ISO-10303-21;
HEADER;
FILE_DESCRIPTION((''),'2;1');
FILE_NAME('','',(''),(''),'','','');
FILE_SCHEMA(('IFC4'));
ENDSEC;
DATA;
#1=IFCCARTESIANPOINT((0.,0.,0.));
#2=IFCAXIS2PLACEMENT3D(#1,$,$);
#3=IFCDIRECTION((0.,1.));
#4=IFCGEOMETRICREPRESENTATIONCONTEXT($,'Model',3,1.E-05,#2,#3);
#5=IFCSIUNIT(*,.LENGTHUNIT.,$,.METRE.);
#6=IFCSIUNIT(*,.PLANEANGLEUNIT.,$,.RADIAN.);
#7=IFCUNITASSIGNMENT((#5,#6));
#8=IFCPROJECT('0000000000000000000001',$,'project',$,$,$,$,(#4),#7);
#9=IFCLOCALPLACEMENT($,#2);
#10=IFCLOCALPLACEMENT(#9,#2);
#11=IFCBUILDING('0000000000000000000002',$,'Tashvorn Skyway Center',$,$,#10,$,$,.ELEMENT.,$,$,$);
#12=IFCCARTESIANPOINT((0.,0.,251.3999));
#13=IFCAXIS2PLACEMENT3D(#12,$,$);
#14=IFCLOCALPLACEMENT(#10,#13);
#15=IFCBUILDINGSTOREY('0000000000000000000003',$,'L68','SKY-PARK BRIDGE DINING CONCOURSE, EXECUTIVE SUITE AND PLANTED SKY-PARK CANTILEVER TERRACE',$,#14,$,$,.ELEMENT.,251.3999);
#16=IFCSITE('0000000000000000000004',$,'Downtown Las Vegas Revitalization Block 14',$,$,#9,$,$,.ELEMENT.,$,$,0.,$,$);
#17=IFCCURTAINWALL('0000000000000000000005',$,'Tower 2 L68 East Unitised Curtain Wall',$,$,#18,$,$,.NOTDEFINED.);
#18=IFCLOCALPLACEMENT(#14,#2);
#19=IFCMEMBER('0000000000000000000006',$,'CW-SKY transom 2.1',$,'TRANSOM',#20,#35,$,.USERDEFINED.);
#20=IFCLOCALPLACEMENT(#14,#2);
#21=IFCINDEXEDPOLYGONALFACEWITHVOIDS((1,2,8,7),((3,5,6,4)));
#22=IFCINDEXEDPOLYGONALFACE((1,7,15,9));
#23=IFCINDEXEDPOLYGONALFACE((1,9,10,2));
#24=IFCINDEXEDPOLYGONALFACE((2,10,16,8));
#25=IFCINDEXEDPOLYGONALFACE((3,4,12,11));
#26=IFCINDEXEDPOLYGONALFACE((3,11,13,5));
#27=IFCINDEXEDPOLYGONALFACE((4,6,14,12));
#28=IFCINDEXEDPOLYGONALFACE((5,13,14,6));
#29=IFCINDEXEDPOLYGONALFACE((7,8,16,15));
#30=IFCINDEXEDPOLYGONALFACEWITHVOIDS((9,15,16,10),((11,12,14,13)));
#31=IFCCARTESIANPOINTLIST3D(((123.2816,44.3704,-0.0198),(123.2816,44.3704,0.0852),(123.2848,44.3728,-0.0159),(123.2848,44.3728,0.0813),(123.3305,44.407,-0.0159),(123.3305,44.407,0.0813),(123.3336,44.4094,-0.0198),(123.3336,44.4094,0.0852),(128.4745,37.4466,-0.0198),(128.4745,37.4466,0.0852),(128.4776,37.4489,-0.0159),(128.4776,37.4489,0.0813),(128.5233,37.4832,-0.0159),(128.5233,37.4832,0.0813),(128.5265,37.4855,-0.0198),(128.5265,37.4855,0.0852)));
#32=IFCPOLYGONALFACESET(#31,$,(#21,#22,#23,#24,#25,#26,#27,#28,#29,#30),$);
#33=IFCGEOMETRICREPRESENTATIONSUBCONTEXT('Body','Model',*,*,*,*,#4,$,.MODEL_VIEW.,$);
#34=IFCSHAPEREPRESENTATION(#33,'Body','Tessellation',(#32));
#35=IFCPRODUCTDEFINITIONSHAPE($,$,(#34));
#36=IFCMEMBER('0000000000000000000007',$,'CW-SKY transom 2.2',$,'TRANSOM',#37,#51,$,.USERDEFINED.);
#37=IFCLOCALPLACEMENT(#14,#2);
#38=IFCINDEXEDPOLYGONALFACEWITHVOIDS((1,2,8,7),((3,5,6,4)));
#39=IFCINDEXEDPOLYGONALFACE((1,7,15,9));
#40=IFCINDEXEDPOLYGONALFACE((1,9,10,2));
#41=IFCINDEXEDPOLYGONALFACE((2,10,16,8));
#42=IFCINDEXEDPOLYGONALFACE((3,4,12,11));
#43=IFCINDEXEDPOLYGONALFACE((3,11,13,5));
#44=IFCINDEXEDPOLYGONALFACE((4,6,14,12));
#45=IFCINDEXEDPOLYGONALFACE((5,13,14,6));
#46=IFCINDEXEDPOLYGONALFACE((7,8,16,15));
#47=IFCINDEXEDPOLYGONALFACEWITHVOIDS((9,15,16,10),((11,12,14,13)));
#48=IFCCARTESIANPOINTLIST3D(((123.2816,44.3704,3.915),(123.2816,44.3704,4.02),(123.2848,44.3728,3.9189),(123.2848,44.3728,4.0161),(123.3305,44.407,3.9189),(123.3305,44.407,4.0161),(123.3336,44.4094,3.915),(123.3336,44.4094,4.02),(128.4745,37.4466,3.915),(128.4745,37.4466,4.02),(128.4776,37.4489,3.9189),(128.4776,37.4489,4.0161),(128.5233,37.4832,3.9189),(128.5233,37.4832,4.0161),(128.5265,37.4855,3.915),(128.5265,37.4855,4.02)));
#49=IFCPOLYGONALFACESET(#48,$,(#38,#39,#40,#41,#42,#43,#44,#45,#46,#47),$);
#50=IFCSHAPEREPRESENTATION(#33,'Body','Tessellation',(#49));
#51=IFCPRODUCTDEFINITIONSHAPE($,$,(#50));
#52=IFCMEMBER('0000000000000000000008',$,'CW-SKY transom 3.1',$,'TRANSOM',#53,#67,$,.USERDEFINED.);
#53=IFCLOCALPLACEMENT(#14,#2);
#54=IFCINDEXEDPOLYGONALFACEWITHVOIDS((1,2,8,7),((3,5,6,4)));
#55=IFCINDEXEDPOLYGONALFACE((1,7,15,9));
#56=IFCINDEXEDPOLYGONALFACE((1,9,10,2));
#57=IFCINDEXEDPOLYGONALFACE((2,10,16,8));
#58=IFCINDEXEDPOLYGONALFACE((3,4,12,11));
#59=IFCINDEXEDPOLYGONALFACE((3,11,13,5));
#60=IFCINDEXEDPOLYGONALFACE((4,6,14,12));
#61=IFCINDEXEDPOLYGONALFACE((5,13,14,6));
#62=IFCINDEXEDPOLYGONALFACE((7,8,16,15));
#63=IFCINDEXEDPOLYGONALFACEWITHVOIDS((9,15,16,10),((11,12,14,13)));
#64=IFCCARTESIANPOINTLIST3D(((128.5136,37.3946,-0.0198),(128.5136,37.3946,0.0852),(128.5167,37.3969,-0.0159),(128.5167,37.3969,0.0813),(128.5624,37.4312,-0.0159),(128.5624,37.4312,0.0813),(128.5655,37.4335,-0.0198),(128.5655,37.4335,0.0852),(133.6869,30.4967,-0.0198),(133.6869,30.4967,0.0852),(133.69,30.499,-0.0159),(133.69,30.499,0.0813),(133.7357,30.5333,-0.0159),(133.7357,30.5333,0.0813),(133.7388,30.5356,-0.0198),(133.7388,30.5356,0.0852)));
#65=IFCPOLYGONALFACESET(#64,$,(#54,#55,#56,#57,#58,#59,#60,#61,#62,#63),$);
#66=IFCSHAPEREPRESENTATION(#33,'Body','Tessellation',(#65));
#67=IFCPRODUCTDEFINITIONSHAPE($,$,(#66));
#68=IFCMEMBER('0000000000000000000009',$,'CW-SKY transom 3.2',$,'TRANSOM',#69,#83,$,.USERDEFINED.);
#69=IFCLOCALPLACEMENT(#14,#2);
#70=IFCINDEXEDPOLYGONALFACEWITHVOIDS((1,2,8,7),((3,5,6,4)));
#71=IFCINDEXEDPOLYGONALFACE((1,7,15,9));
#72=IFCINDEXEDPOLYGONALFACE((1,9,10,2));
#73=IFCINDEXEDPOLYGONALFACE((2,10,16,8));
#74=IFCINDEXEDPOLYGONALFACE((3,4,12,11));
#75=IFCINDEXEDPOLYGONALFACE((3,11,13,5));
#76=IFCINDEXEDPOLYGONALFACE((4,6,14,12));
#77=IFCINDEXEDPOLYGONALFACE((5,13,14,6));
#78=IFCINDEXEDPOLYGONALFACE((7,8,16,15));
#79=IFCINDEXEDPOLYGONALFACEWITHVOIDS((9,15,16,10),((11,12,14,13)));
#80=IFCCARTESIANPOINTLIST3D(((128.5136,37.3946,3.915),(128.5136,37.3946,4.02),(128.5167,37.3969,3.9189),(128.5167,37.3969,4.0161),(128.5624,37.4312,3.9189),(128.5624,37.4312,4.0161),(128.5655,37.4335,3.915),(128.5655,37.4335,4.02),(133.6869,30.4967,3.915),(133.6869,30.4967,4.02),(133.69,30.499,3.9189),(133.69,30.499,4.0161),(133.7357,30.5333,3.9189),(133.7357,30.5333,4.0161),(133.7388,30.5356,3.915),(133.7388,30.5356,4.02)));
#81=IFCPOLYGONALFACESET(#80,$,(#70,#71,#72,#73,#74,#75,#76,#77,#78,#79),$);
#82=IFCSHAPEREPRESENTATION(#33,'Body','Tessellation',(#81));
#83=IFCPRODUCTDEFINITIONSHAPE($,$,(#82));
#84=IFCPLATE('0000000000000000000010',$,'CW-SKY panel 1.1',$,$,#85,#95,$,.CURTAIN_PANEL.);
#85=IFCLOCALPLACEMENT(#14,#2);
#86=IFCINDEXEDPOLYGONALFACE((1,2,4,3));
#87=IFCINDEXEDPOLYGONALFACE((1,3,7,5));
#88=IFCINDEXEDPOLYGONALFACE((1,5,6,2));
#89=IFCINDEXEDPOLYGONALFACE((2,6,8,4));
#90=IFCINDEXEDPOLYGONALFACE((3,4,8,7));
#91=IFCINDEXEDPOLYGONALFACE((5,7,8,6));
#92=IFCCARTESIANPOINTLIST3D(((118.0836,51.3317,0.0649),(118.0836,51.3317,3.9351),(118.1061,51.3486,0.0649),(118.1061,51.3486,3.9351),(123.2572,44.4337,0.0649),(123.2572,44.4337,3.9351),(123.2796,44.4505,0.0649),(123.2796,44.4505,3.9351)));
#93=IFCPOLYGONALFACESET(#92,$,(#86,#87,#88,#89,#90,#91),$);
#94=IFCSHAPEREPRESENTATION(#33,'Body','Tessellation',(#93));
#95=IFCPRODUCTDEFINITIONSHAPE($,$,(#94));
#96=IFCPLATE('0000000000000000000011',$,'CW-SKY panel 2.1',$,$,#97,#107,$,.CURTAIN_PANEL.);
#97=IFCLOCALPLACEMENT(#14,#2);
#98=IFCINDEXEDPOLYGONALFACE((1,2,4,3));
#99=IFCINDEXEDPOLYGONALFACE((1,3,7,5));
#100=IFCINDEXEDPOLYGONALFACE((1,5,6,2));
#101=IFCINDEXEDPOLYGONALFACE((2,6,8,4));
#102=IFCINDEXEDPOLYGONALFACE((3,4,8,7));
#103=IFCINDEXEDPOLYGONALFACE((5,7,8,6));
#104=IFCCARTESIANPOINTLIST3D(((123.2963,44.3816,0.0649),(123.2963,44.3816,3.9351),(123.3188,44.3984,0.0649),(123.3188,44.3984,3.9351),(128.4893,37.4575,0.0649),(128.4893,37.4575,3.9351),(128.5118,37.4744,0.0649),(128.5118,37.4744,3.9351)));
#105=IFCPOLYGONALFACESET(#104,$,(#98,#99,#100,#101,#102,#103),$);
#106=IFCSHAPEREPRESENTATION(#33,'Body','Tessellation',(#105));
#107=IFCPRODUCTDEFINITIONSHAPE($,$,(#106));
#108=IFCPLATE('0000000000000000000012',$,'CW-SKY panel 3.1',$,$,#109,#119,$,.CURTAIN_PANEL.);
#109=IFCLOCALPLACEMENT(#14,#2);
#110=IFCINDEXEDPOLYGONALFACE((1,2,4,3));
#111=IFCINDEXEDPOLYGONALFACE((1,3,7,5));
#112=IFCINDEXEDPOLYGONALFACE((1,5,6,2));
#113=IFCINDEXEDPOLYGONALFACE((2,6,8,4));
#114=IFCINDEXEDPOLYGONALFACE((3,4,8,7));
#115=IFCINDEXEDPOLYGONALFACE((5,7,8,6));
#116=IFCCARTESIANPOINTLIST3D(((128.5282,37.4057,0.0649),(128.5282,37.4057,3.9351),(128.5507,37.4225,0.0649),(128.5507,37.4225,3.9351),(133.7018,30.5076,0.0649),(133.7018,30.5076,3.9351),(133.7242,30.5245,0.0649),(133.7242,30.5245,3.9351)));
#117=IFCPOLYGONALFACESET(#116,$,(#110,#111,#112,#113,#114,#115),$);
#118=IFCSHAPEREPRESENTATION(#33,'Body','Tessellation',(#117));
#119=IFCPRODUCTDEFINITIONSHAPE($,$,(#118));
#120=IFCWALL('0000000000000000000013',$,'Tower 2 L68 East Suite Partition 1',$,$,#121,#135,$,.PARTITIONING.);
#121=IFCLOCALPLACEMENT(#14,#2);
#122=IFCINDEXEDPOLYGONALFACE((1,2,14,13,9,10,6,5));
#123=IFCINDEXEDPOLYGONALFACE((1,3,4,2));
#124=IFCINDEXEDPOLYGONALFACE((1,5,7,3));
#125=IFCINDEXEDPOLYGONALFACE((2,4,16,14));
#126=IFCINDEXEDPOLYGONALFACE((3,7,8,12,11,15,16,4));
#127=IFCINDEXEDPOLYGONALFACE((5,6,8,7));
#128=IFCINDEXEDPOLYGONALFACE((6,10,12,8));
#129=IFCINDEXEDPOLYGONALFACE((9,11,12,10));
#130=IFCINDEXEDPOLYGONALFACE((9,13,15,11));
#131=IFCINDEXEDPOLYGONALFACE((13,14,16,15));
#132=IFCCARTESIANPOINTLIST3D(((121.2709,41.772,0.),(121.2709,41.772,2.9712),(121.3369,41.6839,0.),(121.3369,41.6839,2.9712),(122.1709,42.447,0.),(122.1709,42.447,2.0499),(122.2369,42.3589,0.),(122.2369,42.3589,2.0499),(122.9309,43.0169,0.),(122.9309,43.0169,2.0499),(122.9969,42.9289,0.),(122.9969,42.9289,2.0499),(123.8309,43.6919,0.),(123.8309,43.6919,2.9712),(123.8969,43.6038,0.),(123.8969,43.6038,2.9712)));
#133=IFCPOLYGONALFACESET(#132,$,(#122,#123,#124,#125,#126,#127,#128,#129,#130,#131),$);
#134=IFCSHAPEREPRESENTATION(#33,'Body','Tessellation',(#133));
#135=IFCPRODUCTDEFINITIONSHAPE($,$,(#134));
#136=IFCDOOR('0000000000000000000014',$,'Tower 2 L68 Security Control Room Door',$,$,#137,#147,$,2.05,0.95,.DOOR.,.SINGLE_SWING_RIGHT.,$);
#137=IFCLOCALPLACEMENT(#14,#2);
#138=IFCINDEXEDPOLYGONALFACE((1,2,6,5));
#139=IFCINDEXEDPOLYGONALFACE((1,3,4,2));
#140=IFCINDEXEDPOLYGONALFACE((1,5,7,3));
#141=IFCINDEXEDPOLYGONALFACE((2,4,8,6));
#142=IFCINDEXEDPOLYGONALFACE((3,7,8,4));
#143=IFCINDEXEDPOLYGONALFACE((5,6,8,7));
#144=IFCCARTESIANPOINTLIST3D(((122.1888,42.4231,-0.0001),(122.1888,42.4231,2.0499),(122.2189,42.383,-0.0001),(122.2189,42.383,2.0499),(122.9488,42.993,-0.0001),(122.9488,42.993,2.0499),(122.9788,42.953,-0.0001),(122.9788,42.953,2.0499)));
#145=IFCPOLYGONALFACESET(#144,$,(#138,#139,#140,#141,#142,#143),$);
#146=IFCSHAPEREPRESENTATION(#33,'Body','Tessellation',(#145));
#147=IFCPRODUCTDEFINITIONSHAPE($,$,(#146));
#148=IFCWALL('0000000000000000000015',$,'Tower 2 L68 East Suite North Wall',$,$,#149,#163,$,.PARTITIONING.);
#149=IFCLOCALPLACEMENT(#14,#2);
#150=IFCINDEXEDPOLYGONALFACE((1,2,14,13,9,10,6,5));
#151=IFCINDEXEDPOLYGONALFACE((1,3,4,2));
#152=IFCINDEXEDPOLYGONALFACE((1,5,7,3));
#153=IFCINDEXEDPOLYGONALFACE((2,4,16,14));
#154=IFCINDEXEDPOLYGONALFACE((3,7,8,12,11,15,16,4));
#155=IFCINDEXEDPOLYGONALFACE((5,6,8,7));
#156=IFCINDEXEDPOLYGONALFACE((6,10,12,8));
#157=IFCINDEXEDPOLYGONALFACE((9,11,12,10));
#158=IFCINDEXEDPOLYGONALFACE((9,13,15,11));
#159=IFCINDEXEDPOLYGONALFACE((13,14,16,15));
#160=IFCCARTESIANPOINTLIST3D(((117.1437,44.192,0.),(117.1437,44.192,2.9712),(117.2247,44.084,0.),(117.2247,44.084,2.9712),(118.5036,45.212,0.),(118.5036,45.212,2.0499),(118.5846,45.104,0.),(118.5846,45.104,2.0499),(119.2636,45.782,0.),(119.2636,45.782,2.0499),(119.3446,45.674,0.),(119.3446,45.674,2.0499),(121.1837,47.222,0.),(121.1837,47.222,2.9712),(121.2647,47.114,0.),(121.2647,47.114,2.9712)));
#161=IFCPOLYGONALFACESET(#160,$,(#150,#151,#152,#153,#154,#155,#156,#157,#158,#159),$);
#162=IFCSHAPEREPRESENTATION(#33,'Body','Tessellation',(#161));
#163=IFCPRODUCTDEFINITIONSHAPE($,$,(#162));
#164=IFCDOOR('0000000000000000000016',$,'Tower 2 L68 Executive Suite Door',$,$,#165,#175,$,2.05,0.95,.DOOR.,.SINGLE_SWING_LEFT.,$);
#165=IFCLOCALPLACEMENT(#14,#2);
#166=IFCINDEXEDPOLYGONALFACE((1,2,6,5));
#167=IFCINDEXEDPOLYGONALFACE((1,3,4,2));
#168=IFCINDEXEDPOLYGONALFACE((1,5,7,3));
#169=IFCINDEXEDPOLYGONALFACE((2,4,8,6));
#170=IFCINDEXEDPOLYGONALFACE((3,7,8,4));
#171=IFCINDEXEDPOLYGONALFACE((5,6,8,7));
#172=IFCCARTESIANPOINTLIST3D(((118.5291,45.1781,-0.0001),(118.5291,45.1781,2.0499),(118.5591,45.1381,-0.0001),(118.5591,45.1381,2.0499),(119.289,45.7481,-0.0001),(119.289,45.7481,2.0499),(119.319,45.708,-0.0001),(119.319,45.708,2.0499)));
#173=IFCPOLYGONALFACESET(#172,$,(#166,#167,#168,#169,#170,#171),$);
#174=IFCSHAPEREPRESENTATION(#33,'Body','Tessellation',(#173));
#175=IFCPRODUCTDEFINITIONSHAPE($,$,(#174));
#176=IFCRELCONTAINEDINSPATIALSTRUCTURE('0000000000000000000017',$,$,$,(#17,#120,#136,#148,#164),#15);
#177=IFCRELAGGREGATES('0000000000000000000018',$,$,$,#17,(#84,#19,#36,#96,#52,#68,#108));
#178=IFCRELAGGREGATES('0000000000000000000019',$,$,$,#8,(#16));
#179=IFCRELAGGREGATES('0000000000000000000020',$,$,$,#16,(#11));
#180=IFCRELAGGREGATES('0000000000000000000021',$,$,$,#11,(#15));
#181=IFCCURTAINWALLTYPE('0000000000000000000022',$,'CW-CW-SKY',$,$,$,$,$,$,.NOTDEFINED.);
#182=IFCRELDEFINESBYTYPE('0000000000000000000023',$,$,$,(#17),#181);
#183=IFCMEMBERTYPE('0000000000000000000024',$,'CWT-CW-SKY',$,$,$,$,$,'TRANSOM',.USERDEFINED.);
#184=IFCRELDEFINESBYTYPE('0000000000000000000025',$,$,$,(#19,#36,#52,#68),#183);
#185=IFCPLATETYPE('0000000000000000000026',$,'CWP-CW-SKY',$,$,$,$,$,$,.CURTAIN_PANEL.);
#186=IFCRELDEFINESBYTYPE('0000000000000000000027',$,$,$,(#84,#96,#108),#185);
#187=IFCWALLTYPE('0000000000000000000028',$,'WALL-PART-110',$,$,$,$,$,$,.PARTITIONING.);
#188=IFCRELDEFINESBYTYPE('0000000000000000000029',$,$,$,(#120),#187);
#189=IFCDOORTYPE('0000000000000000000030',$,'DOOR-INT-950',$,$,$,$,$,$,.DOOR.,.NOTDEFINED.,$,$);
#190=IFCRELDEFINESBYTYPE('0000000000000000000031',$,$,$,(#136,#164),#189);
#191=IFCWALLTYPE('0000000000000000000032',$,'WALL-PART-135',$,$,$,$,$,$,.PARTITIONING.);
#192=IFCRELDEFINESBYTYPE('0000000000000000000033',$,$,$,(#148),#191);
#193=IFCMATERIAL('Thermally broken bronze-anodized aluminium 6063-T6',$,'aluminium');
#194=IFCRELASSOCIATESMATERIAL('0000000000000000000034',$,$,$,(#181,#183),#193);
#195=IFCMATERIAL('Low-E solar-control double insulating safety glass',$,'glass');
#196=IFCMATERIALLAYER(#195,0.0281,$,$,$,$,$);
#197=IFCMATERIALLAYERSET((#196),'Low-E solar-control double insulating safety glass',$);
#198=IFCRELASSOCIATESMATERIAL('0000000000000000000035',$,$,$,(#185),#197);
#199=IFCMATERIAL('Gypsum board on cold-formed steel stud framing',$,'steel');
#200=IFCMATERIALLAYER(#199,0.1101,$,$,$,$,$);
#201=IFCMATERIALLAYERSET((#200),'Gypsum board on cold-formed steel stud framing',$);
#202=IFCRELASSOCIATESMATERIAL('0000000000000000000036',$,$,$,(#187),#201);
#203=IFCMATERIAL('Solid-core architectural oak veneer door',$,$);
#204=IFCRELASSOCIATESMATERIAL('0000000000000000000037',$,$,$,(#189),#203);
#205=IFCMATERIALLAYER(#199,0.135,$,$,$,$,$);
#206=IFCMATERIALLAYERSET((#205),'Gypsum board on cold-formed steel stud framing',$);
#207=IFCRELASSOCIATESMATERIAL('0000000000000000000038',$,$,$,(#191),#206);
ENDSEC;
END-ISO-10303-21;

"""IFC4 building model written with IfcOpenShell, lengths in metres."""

from ifc_helpers import new_model, si_unit, direction, frame, frame_2d, origin, origin_2d, place, context, subcontext, project, spatial, rectangle, hollow_rectangle, extrude, material, layer, layer_set, material_profile, profile_set, type_object, element, fill, aggregate, save


model = new_model("IFC4")

# Units and contexts
model_context = context("Model", 3, precision=1e-05, world=origin(), true_north=direction((0.0, 1.0)))
body_context = subcontext(model_context, "Body", "Model", "MODEL_VIEW")
ifc_project = project(units=[si_unit("LENGTHUNIT", "METRE"), si_unit("PLANEANGLEUNIT", "RADIAN")], contexts=[model_context])

# Site, building, storey
site_placement = place(None, origin())
site = spatial("IfcSite", under=ifc_project, at=site_placement, Name="Downtown Las Vegas Revitalization Block 14", CompositionType="ELEMENT", RefElevation=0.0)
building_placement = place(site_placement, origin())
building = spatial("IfcBuilding", under=site, at=building_placement, Name="Tashvorn Skyway Center", CompositionType="ELEMENT")
storey_placement = place(building_placement, frame((0.0, 0.0, 251.3999)))
storey = spatial("IfcBuildingStorey", under=building, at=storey_placement, Name="L68", Description="SKY-PARK BRIDGE DINING CONCOURSE, EXECUTIVE SUITE AND PLANTED SKY-PARK CANTILEVER TERRACE", CompositionType="ELEMENT", Elevation=251.3999)

# Curtain wall, members, plates
ifc_material_1 = material(Name="Thermally broken bronze-anodized aluminium 6063-T6", Category="aluminium")
curtain_wall_type = type_object("IfcCurtainWallType", Name="CW-CW-SKY", PredefinedType="NOTDEFINED", material=ifc_material_1)
curtain_wall_placement = place(storey_placement, origin())
curtain_wall = element("IfcCurtainWall", 1, at=curtain_wall_placement, inside=storey, type_object=curtain_wall_type, Name="Tower 2 L68 East Unitised Curtain Wall", PredefinedType="NOTDEFINED")
ifc_material_profile_1 = material_profile(ifc_material_1, hollow_rectangle(XDim=0.0649, YDim=0.105, WallThickness=0.0039, at=origin_2d()), Name="ALU-TRAN-65x105")
ifc_profile_set_1 = profile_set([ifc_material_profile_1], Name="Thermally broken bronze-anodized aluminium 6063-T6")
member_type_1 = type_object("IfcMemberType", Name="CWT-CW-SKY", ElementType="TRANSOM", PredefinedType="USERDEFINED", material=ifc_profile_set_1)
member_1_placement = place(storey_placement, frame((123.3076, 44.3899, 0.0327), z_axis=(0.6, -0.8, 0.0), x_axis=(0.8, 0.6, 0.0)))
member_1 = element("IfcMember", 2, at=member_1_placement, type_object=member_type_1, Name="CW-SKY transom 2.1", ObjectType="TRANSOM", PredefinedType="USERDEFINED", context=body_context, shape_type="SweptSolid", body=[
    extrude(hollow_rectangle(XDim=0.0649, YDim=0.105, WallThickness=0.0039, at=origin_2d()), origin(), (0.0, 0.0, 1.0), 8.6548),
])
member_2_placement = place(storey_placement, frame((123.3076, 44.3899, 3.9675), z_axis=(0.6, -0.8, 0.0), x_axis=(0.8, 0.6, 0.0)))
member_2 = element("IfcMember", 3, at=member_2_placement, type_object=member_type_1, Name="CW-SKY transom 2.2", ObjectType="TRANSOM", PredefinedType="USERDEFINED", context=body_context, shape_type="SweptSolid", body=[
    extrude(hollow_rectangle(XDim=0.0649, YDim=0.105, WallThickness=0.0039, at=origin_2d()), origin(), (0.0, 0.0, 1.0), 8.6548),
])
member_3_placement = place(storey_placement, frame((128.5396, 37.4141, 0.0327), z_axis=(0.599991, -0.800007, 0.0), x_axis=(0.800007, 0.599991, 0.0)))
member_3 = element("IfcMember", 4, at=member_3_placement, type_object=member_type_1, Name="CW-SKY transom 3.1", ObjectType="TRANSOM", PredefinedType="USERDEFINED", context=body_context, shape_type="SweptSolid", body=[
    extrude(hollow_rectangle(XDim=0.0649, YDim=0.105, WallThickness=0.0039, at=origin_2d()), origin(), (0.0, 0.0, 1.0), 8.6223),
])
member_4_placement = place(storey_placement, frame((128.5396, 37.4141, 3.9675), z_axis=(0.599991, -0.800007, 0.0), x_axis=(0.800007, 0.599991, 0.0)))
member_4 = element("IfcMember", 5, at=member_4_placement, type_object=member_type_1, Name="CW-SKY transom 3.2", ObjectType="TRANSOM", PredefinedType="USERDEFINED", context=body_context, shape_type="SweptSolid", body=[
    extrude(hollow_rectangle(XDim=0.0649, YDim=0.105, WallThickness=0.0039, at=origin_2d()), origin(), (0.0, 0.0, 1.0), 8.6223),
])
ifc_material_2 = material(Name="Low-E solar-control double insulating safety glass", Category="glass")
ifc_layer_1 = layer(ifc_material_2, 0.0281)
ifc_layer_set_1 = layer_set([ifc_layer_1], Name="Low-E solar-control double insulating safety glass")
plate_type = type_object("IfcPlateType", Name="CWP-CW-SKY", PredefinedType="CURTAIN_PANEL", material=ifc_layer_set_1)
plate_1_placement = place(storey_placement, frame((120.6816, 47.8911, 0.0649), z_axis=(0.0, 0.0, 1.0), x_axis=(0.6, -0.8, 0.0)))
plate_1 = element("IfcPlate", 6, at=plate_1_placement, type_object=plate_type, Name="CW-SKY panel 1.1", PredefinedType="CURTAIN_PANEL", context=body_context, shape_type="SweptSolid", body=[
    extrude(rectangle(XDim=8.6226, YDim=0.0281, at=origin_2d()), origin(), (0.0, 0.0, 1.0), 3.8701),
])
plate_2_placement = place(storey_placement, frame((125.9041, 40.928, 0.0649), z_axis=(0.0, 0.0, 1.0), x_axis=(0.6, -0.8, 0.0)))
plate_2 = element("IfcPlate", 7, at=plate_2_placement, type_object=plate_type, Name="CW-SKY panel 2.1", PredefinedType="CURTAIN_PANEL", context=body_context, shape_type="SweptSolid", body=[
    extrude(rectangle(XDim=8.655, YDim=0.0281, at=origin_2d()), origin(), (0.0, 0.0, 1.0), 3.8701),
])
plate_3_placement = place(storey_placement, frame((131.1262, 33.9651, 0.0649), z_axis=(0.0, 0.0, 1.0), x_axis=(0.6, -0.8, 0.0)))
plate_3 = element("IfcPlate", 8, at=plate_3_placement, type_object=plate_type, Name="CW-SKY panel 3.1", PredefinedType="CURTAIN_PANEL", context=body_context, shape_type="SweptSolid", body=[
    extrude(rectangle(XDim=8.6226, YDim=0.0281, at=origin_2d()), origin(), (0.0, 0.0, 1.0), 3.8701),
])
aggregate(curtain_wall, [plate_1, member_1, member_2, plate_2, member_3, member_4, plate_3])

# Walls, openings, doors
ifc_material_3 = material(Name="Gypsum board on cold-formed steel stud framing", Category="steel")
ifc_layer_2 = layer(ifc_material_3, 0.1101)
ifc_layer_set_2 = layer_set([ifc_layer_2], Name="Gypsum board on cold-formed steel stud framing")
wall_type_1 = type_object("IfcWallType", Name="WALL-PART-110", PredefinedType="PARTITIONING", material=ifc_layer_set_2)
wall_1_placement = place(storey_placement, frame((123.864, 43.6479, 0.0), z_axis=(0.0, 0.0, 1.0), x_axis=(-0.800018, -0.599976, 0.0)))
wall_1 = element("IfcWall", 9, at=wall_1_placement, inside=storey, type_object=wall_type_1, Name="Tower 2 L68 East Suite Partition 1", PredefinedType="PARTITIONING", context=body_context, shape_type="SweptSolid", body=[
    extrude(rectangle(XDim=3.2, YDim=0.1101, at=frame_2d((1.6001, 0.0))), origin(), (0.0, 0.0, 1.0), 2.9712),
])
opening_1_placement = place(wall_1_placement, frame((1.125, 0.0, 0.0)))
opening_1 = element("IfcOpeningElement", 10, at=opening_1_placement, cuts=wall_1, PredefinedType="OPENING", context=body_context, shape_type="SweptSolid", body=[
    extrude(rectangle(XDim=0.95, YDim=2.05, at=frame_2d((0.4751, 1.0249))), frame((0.0, 0.0649, 0.0), z_axis=(0.0, -1.0, 0.0), x_axis=(1.0, 0.0, 0.0)), (0.0, 0.0, 1.0), 0.1301),
])
ifc_material_4 = material(Name="Solid-core architectural oak veneer door")
door_type_1 = type_object("IfcDoorType", Name="DOOR-INT-950", OperationType="NOTDEFINED", PredefinedType="DOOR", material=ifc_material_4)
door_1_placement = place(opening_1_placement, origin())
door_1 = element("IfcDoor", 11, at=door_1_placement, inside=storey, type_object=door_type_1, Name="Tower 2 L68 Security Control Room Door", OperationType="SINGLE_SWING_RIGHT", OverallHeight=2.05, OverallWidth=0.95, PredefinedType="DOOR", context=body_context, shape_type="SweptSolid", body=[
    extrude(rectangle(XDim=0.95, YDim=2.05, at=frame_2d((0.4751, 1.0249))), frame((0.0, 0.0249, 0.0), z_axis=(0.0, -1.0, 0.0), x_axis=(1.0, 0.0, 0.0)), (0.0, 0.0, 1.0), 0.05),
])
fill(opening_1, door_1)
ifc_layer_3 = layer(ifc_material_3, 0.135)
ifc_layer_set_3 = layer_set([ifc_layer_3], Name="Gypsum board on cold-formed steel stud framing")
wall_type_2 = type_object("IfcWallType", Name="WALL-PART-135", PredefinedType="PARTITIONING", material=ifc_layer_set_3)
wall_2_placement = place(storey_placement, frame((121.2241, 47.168, 0.0), z_axis=(0.0, 0.0, 1.0), x_axis=(-0.8, -0.6, 0.0)))
wall_2 = element("IfcWall", 12, at=wall_2_placement, inside=storey, type_object=wall_type_2, Name="Tower 2 L68 East Suite North Wall", PredefinedType="PARTITIONING", context=body_context, shape_type="SweptSolid", body=[
    extrude(rectangle(XDim=5.05, YDim=0.135, at=frame_2d((2.5249, 0.0))), origin(), (0.0, 0.0, 1.0), 2.9712),
])
opening_2_placement = place(wall_2_placement, frame((2.3999, 0.0, 0.0)))
opening_2 = element("IfcOpeningElement", 13, at=opening_2_placement, cuts=wall_2, PredefinedType="OPENING", context=body_context, shape_type="SweptSolid", body=[
    extrude(rectangle(XDim=0.95, YDim=2.05, at=frame_2d((0.4751, 1.0249))), frame((0.0, 0.0774, 0.0), z_axis=(0.0, -1.0, 0.0), x_axis=(1.0, 0.0, 0.0)), (0.0, 0.0, 1.0), 0.155),
])
door_2_placement = place(opening_2_placement, origin())
door_2 = element("IfcDoor", 14, at=door_2_placement, inside=storey, type_object=door_type_1, Name="Tower 2 L68 Executive Suite Door", OperationType="SINGLE_SWING_LEFT", OverallHeight=2.05, OverallWidth=0.95, PredefinedType="DOOR", context=body_context, shape_type="SweptSolid", body=[
    extrude(rectangle(XDim=0.95, YDim=2.05, at=frame_2d((0.4751, 1.0249))), frame((0.0, 0.0249, 0.0), z_axis=(0.0, -1.0, 0.0), x_axis=(1.0, 0.0, 0.0)), (0.0, 0.0, 1.0), 0.05),
])
fill(opening_2, door_2)

save(model, "model.ifc")
